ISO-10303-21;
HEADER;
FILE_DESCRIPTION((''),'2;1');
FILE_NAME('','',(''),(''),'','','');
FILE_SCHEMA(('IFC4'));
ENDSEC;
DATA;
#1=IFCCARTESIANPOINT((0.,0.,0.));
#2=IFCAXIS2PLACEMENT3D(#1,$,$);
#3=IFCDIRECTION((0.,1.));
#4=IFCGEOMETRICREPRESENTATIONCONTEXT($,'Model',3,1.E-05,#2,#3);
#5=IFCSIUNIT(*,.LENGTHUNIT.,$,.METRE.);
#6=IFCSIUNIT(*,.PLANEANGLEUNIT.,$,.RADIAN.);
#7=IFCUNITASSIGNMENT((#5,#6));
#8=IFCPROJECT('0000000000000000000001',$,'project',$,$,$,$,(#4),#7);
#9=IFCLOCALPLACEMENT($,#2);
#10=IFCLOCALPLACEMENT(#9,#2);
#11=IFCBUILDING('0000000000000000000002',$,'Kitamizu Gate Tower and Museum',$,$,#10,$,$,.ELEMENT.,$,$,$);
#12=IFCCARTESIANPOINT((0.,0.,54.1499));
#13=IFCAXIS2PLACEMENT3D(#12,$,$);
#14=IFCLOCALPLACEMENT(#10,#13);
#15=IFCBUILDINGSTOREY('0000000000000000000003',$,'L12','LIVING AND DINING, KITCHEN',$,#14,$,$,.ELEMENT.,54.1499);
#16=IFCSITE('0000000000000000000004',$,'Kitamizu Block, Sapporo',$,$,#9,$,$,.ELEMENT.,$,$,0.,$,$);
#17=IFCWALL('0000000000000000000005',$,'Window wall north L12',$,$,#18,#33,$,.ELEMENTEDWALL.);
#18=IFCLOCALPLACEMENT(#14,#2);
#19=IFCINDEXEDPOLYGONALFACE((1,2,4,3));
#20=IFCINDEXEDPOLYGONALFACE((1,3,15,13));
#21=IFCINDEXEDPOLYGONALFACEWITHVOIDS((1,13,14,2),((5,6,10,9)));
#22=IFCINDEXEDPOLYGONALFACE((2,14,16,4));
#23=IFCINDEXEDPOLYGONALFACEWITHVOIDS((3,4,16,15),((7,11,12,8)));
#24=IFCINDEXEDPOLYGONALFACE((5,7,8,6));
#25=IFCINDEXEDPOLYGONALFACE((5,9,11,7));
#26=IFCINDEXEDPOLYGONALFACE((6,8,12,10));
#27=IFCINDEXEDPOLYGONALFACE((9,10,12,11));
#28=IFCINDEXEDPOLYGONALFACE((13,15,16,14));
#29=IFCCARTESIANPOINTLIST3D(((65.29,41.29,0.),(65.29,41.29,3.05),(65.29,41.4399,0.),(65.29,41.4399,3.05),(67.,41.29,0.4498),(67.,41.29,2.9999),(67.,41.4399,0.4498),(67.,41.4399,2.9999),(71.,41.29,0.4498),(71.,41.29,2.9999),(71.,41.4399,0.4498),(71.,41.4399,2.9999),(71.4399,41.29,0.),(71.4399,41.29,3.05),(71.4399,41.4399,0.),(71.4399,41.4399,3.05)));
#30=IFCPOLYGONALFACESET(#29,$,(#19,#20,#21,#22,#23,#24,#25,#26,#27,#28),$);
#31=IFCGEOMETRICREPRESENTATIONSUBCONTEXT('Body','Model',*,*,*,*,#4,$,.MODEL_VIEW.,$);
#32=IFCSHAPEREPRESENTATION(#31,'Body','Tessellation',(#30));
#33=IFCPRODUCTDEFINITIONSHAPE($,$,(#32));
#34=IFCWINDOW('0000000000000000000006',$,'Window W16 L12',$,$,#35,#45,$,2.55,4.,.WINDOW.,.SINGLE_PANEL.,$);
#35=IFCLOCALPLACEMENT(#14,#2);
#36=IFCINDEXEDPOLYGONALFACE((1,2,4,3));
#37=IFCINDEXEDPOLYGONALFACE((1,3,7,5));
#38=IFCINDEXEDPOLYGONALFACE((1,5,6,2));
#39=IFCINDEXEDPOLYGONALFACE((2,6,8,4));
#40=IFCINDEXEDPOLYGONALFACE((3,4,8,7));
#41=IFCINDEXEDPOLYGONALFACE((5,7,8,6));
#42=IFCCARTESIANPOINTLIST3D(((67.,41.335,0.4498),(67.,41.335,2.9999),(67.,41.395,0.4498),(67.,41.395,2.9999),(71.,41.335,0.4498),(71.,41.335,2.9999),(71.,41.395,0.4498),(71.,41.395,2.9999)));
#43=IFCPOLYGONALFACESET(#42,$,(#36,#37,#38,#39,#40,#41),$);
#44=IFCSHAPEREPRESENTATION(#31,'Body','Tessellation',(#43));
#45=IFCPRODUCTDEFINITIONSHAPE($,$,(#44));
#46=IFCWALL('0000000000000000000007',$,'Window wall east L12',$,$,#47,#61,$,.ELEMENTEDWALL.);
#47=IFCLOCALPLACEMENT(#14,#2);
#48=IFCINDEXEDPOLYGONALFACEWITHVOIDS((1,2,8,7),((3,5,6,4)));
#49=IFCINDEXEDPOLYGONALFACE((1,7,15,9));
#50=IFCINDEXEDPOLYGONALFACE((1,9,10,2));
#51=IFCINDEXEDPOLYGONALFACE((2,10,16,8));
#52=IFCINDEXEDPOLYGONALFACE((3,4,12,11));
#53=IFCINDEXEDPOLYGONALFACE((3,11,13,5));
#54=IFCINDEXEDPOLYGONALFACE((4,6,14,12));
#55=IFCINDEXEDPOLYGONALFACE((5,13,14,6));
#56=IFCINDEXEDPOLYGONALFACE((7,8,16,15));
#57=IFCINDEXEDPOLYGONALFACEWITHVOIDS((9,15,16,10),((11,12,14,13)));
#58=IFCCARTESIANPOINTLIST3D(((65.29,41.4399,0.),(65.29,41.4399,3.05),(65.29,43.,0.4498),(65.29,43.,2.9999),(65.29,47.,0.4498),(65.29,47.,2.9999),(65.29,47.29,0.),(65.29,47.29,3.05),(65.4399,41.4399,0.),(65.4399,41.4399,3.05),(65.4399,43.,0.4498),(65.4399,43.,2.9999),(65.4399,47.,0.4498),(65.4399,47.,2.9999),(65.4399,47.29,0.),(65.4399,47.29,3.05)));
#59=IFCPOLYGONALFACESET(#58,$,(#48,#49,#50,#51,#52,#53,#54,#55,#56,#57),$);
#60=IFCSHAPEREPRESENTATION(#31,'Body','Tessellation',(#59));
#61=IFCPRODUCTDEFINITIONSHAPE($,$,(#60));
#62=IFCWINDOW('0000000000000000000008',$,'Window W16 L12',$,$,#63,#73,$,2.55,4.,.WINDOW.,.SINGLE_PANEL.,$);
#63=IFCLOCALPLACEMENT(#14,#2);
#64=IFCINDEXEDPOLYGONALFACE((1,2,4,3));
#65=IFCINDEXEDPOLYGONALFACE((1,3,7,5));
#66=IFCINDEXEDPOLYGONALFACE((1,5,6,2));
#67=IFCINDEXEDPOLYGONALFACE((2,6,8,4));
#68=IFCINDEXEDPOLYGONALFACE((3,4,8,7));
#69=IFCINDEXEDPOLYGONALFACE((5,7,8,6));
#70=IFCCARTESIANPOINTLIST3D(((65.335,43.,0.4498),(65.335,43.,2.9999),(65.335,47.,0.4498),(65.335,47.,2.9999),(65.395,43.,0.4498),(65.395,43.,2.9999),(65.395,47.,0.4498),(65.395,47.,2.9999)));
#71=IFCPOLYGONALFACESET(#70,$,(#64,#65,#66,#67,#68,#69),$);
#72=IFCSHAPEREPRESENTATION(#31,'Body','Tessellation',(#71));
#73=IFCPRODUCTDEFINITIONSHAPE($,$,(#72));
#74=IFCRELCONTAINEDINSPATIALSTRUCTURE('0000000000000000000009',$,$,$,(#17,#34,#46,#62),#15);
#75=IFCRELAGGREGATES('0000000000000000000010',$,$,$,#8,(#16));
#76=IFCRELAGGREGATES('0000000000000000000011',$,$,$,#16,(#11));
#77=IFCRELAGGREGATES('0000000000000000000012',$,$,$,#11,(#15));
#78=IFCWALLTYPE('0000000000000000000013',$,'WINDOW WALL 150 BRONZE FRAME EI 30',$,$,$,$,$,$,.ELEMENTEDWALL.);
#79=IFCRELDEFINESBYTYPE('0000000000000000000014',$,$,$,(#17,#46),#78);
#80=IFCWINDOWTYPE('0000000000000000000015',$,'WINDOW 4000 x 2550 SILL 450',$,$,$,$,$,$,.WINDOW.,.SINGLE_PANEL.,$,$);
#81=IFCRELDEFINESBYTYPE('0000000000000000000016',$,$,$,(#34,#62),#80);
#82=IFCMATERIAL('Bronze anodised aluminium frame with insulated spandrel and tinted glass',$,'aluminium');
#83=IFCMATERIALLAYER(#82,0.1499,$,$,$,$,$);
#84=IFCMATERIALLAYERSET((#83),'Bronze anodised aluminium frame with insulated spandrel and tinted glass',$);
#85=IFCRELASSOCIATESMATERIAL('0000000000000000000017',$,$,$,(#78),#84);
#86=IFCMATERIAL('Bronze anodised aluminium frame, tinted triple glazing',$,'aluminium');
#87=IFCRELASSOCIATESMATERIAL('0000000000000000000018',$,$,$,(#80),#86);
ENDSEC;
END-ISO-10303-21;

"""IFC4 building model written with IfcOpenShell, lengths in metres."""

from ifc_helpers import new_model, si_unit, direction, frame, frame_2d, origin, place, context, subcontext, project, spatial, rectangle, extrude, material, layer, layer_set, type_object, element, fill, save


model = new_model("IFC4")

# Units and contexts
model_context = context("Model", 3, precision=1e-05, world=origin(), true_north=direction((0.0, 1.0)))
body_context = subcontext(model_context, "Body", "Model", "MODEL_VIEW")
ifc_project = project(units=[si_unit("LENGTHUNIT", "METRE"), si_unit("PLANEANGLEUNIT", "RADIAN")], contexts=[model_context])

# Site, building, storey
site_placement = place(None, origin())
site = spatial("IfcSite", under=ifc_project, at=site_placement, Name="Kitamizu Block, Sapporo", CompositionType="ELEMENT", RefElevation=0.0)
building_placement = place(site_placement, origin())
building = spatial("IfcBuilding", under=site, at=building_placement, Name="Kitamizu Gate Tower and Museum", CompositionType="ELEMENT")
storey_placement = place(building_placement, frame((0.0, 0.0, 54.1499)))
storey = spatial("IfcBuildingStorey", under=building, at=storey_placement, Name="L12", Description="LIVING AND DINING, KITCHEN", CompositionType="ELEMENT", Elevation=54.1499)

# Walls, openings, windows
ifc_material_1 = material(Name="Bronze anodised aluminium frame with insulated spandrel and tinted glass", Category="aluminium")
ifc_layer_1 = layer(ifc_material_1, 0.1499)
ifc_layer_set_1 = layer_set([ifc_layer_1], Name="Bronze anodised aluminium frame with insulated spandrel and tinted glass")
wall_type_1 = type_object("IfcWallType", Name="WINDOW WALL 150 BRONZE FRAME EI 30", PredefinedType="ELEMENTEDWALL", material=ifc_layer_set_1)
wall_1_placement = place(storey_placement, frame((65.29, 41.365, 0.0), z_axis=(0.0, 0.0, 1.0), x_axis=(1.0, 0.0, 0.0)))
wall_1 = element("IfcWall", 1, at=wall_1_placement, inside=storey, type_object=wall_type_1, Name="Window wall north L12", PredefinedType="ELEMENTEDWALL", context=body_context, shape_type="SweptSolid", body=[
    extrude(rectangle(XDim=6.1499, YDim=0.1499, at=frame_2d((3.075, 0.0))), origin(), (0.0, 0.0, 1.0), 3.05),
])
opening_1_placement = place(wall_1_placement, frame((1.71, 0.0, 0.45)))
opening_1 = element("IfcOpeningElement", 2, at=opening_1_placement, cuts=wall_1, PredefinedType="OPENING", context=body_context, shape_type="SweptSolid", body=[
    extrude(rectangle(XDim=4.0, YDim=2.55, at=frame_2d((2.0, 1.2749))), frame((0.0, 0.085, 0.0), z_axis=(0.0, -1.0, 0.0), x_axis=(1.0, 0.0, 0.0)), (0.0, 0.0, 1.0), 0.1699),
])
ifc_material_2 = material(Name="Bronze anodised aluminium frame, tinted triple glazing", Category="aluminium")
window_type = type_object("IfcWindowType", Name="WINDOW 4000 x 2550 SILL 450", PartitioningType="SINGLE_PANEL", PredefinedType="WINDOW", material=ifc_material_2)
window_1_placement = place(opening_1_placement, origin())
window_1 = element("IfcWindow", 3, at=window_1_placement, inside=storey, type_object=window_type, Name="Window W16 L12", OverallHeight=2.55, OverallWidth=4.0, PartitioningType="SINGLE_PANEL", PredefinedType="WINDOW", context=body_context, shape_type="SweptSolid", body=[
    extrude(rectangle(XDim=4.0, YDim=2.55, at=frame_2d((2.0, 1.2749))), frame((0.0, 0.03, 0.0), z_axis=(0.0, -1.0, 0.0), x_axis=(1.0, 0.0, 0.0)), (0.0, 0.0, 1.0), 0.0601),
])
fill(opening_1, window_1)
wall_2_placement = place(storey_placement, frame((65.365, 41.4399, 0.0), z_axis=(0.0, 0.0, 1.0), x_axis=(0.0, 1.0, 0.0)))
wall_2 = element("IfcWall", 4, at=wall_2_placement, inside=storey, type_object=wall_type_1, Name="Window wall east L12", PredefinedType="ELEMENTEDWALL", context=body_context, shape_type="SweptSolid", body=[
    extrude(rectangle(XDim=5.8501, YDim=0.1499, at=frame_2d((2.925, 0.0))), origin(), (0.0, 0.0, 1.0), 3.05),
])
opening_2_placement = place(wall_2_placement, frame((1.5601, 0.0, 0.45)))
opening_2 = element("IfcOpeningElement", 5, at=opening_2_placement, cuts=wall_2, PredefinedType="OPENING", context=body_context, shape_type="SweptSolid", body=[
    extrude(rectangle(XDim=4.0, YDim=2.55, at=frame_2d((2.0, 1.2749))), frame((0.0, 0.085, 0.0), z_axis=(0.0, -1.0, 0.0), x_axis=(1.0, 0.0, 0.0)), (0.0, 0.0, 1.0), 0.1699),
])
window_2_placement = place(opening_2_placement, origin())
window_2 = element("IfcWindow", 6, at=window_2_placement, inside=storey, type_object=window_type, Name="Window W16 L12", OverallHeight=2.55, OverallWidth=4.0, PartitioningType="SINGLE_PANEL", PredefinedType="WINDOW", context=body_context, shape_type="SweptSolid", body=[
    extrude(rectangle(XDim=4.0, YDim=2.55, at=frame_2d((2.0, 1.2749))), frame((0.0, 0.03, 0.0), z_axis=(0.0, -1.0, 0.0), x_axis=(1.0, 0.0, 0.0)), (0.0, 0.0, 1.0), 0.0601),
])
fill(opening_2, window_2)

save(model, "model.ifc")
